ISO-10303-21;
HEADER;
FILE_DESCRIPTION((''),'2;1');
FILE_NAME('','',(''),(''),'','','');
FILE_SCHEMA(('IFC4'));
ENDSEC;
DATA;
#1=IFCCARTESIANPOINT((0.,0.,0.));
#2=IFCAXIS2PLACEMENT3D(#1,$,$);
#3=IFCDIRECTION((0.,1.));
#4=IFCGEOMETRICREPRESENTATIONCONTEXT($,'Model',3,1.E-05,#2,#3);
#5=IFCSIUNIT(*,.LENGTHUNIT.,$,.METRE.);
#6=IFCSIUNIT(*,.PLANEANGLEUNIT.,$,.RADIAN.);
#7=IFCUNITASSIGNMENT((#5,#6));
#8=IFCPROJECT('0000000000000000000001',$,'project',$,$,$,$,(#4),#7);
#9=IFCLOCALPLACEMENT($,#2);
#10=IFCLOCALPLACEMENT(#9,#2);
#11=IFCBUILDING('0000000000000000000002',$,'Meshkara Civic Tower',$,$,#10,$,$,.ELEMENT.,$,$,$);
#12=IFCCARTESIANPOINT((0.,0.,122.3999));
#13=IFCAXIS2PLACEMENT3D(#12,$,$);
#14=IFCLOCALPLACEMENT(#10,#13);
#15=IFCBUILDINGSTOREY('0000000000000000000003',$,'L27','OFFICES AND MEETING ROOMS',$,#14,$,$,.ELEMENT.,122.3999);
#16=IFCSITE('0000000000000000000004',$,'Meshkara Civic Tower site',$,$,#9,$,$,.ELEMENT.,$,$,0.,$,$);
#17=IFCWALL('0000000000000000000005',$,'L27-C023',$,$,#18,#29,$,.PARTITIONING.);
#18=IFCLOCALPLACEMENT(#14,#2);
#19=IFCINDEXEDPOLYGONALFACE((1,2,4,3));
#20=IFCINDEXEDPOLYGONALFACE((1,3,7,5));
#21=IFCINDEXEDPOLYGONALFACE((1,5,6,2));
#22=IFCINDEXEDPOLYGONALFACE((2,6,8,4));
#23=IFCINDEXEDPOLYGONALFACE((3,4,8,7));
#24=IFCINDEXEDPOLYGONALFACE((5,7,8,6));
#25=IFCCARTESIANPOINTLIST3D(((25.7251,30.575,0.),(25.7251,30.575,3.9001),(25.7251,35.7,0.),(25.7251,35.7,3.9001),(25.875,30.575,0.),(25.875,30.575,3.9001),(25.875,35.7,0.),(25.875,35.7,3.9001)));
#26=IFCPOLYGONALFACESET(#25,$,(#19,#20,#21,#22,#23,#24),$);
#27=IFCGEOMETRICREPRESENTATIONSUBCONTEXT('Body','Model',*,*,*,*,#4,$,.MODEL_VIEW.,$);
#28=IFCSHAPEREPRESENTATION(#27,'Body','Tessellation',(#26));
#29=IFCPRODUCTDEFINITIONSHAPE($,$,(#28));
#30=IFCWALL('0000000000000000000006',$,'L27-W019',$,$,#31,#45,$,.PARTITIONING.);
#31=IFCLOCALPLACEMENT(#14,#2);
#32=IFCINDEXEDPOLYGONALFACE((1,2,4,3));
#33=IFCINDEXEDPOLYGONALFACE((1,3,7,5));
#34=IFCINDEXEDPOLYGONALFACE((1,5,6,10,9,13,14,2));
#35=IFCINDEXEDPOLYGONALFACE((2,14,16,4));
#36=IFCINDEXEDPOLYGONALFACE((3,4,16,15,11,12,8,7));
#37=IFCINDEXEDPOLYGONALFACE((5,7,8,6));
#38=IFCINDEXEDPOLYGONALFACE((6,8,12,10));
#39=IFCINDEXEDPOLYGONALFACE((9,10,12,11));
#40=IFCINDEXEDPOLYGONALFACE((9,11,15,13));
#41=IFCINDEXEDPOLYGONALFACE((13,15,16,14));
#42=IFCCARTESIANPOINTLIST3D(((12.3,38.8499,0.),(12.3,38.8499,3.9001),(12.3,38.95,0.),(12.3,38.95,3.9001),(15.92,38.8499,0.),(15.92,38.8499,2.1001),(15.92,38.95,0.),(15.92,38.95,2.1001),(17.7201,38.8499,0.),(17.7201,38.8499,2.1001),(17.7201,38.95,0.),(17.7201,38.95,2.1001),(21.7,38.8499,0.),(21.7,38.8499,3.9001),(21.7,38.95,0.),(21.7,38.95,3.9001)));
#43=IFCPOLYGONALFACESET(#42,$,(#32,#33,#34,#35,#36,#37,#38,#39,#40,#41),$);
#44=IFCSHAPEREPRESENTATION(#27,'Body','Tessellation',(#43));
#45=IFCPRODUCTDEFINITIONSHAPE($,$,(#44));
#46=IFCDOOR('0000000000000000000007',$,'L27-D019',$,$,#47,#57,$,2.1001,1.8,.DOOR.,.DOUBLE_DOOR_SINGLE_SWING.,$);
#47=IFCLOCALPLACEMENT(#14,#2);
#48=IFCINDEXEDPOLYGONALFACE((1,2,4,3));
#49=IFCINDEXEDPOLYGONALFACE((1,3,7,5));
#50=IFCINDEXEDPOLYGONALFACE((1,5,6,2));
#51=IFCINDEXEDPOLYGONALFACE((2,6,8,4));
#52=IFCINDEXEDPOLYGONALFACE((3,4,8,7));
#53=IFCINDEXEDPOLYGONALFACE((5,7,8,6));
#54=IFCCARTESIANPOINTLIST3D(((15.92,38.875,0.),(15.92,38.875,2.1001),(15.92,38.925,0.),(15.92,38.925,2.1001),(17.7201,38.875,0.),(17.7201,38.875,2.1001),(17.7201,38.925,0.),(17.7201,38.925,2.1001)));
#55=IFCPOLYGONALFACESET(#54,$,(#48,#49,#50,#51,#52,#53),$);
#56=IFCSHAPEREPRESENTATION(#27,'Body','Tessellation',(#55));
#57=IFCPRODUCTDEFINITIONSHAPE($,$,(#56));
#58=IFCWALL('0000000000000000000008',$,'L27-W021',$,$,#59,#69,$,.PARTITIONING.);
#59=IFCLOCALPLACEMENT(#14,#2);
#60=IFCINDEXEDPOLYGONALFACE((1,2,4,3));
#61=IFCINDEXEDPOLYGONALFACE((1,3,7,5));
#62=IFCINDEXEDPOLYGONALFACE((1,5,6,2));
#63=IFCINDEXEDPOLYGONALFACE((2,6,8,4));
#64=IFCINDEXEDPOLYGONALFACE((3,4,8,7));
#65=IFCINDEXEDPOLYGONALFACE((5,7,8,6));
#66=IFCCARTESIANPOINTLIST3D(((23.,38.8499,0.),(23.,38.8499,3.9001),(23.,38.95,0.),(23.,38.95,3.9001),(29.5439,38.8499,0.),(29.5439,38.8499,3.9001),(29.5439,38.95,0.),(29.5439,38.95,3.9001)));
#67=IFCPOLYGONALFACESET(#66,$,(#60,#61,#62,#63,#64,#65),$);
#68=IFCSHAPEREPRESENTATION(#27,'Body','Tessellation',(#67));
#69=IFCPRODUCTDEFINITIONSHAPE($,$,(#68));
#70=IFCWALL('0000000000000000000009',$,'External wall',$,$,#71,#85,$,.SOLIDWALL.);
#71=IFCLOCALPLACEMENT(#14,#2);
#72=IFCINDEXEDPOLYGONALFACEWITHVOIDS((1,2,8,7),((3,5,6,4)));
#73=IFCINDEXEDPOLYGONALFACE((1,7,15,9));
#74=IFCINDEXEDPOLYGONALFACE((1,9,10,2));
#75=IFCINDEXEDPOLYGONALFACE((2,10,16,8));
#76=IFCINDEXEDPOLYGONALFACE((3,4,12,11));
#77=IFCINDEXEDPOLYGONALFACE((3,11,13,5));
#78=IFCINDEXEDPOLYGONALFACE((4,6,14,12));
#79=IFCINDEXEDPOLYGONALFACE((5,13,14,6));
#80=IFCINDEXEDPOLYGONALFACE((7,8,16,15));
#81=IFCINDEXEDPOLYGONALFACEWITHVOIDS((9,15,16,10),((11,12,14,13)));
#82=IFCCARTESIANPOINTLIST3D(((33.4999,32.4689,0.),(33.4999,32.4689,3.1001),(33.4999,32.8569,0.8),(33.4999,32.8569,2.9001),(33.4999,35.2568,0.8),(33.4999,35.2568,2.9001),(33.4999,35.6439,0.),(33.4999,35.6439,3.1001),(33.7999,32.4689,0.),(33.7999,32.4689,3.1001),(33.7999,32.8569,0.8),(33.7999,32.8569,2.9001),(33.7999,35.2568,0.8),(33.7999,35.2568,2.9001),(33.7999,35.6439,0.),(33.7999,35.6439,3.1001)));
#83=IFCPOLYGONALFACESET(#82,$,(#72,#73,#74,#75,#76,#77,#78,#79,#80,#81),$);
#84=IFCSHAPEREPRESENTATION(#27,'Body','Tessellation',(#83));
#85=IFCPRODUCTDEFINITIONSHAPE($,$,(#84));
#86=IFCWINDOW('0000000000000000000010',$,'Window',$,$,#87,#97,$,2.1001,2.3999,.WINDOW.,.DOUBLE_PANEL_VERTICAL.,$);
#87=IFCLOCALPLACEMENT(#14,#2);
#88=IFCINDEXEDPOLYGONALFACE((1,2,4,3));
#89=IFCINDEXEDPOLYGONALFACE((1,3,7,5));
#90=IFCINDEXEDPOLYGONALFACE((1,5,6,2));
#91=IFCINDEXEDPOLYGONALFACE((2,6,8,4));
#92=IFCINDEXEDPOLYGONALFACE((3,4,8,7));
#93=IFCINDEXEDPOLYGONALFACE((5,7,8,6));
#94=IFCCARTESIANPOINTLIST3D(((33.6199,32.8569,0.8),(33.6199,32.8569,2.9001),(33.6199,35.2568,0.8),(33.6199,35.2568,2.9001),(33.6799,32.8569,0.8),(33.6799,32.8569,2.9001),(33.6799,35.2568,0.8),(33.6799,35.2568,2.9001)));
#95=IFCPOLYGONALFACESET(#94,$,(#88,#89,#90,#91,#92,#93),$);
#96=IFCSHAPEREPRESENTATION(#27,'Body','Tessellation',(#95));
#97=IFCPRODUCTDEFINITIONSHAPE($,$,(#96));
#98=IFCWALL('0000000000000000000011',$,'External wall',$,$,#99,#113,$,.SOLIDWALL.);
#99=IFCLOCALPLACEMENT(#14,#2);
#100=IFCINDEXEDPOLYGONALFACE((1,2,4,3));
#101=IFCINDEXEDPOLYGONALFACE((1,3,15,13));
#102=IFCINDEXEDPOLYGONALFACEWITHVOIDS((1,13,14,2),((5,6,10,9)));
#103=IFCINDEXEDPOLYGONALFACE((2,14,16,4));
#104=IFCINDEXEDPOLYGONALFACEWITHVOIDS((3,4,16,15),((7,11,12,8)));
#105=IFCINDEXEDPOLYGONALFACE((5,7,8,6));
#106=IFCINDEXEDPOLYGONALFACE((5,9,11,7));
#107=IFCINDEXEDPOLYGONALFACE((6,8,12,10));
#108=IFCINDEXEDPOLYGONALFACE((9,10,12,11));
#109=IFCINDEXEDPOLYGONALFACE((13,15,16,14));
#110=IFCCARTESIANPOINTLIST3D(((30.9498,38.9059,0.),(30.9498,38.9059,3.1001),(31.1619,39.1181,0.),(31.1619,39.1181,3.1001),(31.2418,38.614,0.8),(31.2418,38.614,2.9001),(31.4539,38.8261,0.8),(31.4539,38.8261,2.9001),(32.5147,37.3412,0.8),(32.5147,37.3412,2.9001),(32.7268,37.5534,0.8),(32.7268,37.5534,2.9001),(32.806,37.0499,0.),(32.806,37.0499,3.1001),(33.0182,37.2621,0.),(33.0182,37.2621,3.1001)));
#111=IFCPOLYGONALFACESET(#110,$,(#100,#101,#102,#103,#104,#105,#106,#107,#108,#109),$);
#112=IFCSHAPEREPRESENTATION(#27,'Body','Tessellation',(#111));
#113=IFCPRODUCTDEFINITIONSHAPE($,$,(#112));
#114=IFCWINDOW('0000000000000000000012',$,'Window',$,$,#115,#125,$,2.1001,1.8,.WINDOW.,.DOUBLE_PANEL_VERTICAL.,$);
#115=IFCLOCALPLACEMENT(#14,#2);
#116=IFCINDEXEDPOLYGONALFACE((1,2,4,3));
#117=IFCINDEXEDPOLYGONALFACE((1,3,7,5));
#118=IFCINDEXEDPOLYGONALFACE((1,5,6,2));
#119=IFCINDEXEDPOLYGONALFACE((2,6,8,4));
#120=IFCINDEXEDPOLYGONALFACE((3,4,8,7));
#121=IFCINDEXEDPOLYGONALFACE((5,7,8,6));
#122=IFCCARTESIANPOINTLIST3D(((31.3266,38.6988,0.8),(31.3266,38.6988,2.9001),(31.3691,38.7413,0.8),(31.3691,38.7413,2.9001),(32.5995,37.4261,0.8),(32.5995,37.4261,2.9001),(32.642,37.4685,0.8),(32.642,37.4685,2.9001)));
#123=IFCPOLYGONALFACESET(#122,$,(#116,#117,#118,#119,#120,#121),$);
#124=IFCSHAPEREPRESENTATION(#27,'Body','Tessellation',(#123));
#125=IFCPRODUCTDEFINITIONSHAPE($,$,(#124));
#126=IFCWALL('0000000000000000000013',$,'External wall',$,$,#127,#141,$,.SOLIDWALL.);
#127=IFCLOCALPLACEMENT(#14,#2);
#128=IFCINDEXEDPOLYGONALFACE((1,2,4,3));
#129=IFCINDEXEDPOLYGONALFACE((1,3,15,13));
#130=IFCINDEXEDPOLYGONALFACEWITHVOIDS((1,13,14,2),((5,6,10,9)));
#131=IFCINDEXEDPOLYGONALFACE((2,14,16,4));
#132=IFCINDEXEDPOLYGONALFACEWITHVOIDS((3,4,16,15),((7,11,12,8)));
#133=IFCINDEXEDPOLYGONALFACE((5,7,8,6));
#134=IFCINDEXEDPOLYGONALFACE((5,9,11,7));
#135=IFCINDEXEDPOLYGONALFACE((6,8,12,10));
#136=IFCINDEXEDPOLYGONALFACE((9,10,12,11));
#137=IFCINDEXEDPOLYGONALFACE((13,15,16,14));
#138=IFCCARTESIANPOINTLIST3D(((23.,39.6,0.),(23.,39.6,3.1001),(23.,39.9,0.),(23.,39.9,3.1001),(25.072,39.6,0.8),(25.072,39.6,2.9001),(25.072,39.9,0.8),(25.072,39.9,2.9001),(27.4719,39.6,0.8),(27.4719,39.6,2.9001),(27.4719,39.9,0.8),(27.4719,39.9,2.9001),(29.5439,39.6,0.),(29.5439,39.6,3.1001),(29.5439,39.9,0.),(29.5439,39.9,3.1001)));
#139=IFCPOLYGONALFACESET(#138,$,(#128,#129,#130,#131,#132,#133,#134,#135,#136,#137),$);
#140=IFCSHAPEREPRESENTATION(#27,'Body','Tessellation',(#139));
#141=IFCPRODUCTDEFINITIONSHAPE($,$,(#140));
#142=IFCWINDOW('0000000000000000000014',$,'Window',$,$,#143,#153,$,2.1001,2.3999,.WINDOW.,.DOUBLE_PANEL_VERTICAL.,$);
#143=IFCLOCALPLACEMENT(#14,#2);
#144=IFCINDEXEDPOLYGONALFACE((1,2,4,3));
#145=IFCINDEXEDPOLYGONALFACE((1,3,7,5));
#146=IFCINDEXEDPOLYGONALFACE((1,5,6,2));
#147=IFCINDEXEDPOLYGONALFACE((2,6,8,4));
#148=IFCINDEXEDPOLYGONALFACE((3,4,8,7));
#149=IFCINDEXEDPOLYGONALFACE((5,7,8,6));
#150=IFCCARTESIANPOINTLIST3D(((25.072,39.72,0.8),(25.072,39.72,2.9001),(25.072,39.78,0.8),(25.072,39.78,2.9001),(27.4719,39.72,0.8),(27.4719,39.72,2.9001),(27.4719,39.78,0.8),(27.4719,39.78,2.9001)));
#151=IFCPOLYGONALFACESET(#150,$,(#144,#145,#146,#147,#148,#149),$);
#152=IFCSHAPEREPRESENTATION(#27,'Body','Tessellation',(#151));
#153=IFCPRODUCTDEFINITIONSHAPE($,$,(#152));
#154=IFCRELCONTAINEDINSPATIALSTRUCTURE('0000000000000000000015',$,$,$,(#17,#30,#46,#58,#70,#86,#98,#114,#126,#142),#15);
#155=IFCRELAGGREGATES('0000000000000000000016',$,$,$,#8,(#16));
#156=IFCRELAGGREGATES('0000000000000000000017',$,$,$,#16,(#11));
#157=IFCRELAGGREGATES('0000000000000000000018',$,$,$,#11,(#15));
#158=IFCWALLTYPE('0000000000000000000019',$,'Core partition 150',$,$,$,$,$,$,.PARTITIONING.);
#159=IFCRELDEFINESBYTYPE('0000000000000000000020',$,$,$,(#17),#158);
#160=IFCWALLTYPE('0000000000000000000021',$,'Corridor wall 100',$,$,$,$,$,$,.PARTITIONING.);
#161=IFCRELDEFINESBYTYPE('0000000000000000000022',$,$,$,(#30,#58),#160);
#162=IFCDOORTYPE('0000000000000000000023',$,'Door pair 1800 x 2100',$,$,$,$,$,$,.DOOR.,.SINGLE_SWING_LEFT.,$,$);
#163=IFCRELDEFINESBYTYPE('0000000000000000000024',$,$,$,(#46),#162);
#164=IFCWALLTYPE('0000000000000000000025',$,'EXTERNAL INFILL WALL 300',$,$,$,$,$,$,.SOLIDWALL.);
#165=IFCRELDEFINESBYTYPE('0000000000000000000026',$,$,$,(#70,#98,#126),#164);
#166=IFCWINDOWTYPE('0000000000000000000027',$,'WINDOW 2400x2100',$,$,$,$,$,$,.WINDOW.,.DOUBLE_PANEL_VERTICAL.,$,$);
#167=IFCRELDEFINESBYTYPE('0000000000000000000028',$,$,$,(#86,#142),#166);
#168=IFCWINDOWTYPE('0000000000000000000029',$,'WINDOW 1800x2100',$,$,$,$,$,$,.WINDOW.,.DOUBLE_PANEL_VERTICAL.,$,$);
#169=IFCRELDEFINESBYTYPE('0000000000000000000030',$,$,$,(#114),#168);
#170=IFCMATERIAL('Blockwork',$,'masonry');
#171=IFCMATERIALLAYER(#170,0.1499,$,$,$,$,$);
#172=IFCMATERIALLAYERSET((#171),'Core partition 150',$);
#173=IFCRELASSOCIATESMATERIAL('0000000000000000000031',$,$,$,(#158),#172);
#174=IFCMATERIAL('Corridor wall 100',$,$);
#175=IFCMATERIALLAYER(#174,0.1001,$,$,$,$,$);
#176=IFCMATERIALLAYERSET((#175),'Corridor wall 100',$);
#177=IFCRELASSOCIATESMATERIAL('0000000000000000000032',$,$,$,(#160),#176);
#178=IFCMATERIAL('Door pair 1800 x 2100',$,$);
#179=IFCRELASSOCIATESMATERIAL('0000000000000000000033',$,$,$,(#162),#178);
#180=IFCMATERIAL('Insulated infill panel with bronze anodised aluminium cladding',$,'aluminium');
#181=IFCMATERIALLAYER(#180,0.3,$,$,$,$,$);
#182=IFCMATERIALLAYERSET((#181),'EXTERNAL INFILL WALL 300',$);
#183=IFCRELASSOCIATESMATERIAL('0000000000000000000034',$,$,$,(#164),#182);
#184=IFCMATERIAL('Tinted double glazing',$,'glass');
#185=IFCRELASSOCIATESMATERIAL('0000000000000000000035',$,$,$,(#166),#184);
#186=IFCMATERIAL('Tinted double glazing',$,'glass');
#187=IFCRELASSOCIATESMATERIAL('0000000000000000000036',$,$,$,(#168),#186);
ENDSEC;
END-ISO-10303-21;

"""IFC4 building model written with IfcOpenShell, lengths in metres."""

from ifc_helpers import new_model, si_unit, direction, frame, frame_2d, origin, place, context, subcontext, project, spatial, rectangle, extrude, material, layer, layer_set, type_object, element, fill, save


model = new_model("IFC4")

# Units and contexts
model_context = context("Model", 3, precision=1e-05, world=origin(), true_north=direction((0.0, 1.0)))
body_context = subcontext(model_context, "Body", "Model", "MODEL_VIEW")
ifc_project = project(units=[si_unit("LENGTHUNIT", "METRE"), si_unit("PLANEANGLEUNIT", "RADIAN")], contexts=[model_context])

# Site, building, storey
site_placement = place(None, origin())
site = spatial("IfcSite", under=ifc_project, at=site_placement, Name="Meshkara Civic Tower site", CompositionType="ELEMENT", RefElevation=0.0)
building_placement = place(site_placement, origin())
building = spatial("IfcBuilding", under=site, at=building_placement, Name="Meshkara Civic Tower", CompositionType="ELEMENT")
storey_placement = place(building_placement, frame((0.0, 0.0, 122.3999)))
storey = spatial("IfcBuildingStorey", under=building, at=storey_placement, Name="L27", Description="OFFICES AND MEETING ROOMS", CompositionType="ELEMENT", Elevation=122.3999)

# Shared definitions
ifc_material_1 = material(Name="Blockwork", Category="masonry")
ifc_layer_1 = layer(ifc_material_1, 0.1499)
ifc_layer_set_1 = layer_set([ifc_layer_1], Name="Core partition 150")
wall_type_1 = type_object("IfcWallType", Name="Core partition 150", PredefinedType="PARTITIONING", material=ifc_layer_set_1)

# Wall
for number, where, z_axis, x_axis, name in (
    (1, (25.8, 30.575, 0.0), (0.0, 0.0, 1.0), (0.0, 1.0, 0.0), "L27-C023"),
):
    element("IfcWall", number, at=place(storey_placement, frame(where, z_axis=z_axis, x_axis=x_axis)), inside=storey, type_object=wall_type_1, Name=name, PredefinedType="PARTITIONING", context=body_context, shape_type="SweptSolid", body=[
        extrude(rectangle(XDim=5.125, YDim=0.1499, at=frame_2d((2.5625, 0.0))), origin(), (0.0, 0.0, 1.0), 3.9001),
    ])

# Wall, opening, door
ifc_material_2 = material(Name="Corridor wall 100")
ifc_layer_2 = layer(ifc_material_2, 0.1001)
ifc_layer_set_2 = layer_set([ifc_layer_2], Name="Corridor wall 100")
wall_type_2 = type_object("IfcWallType", Name="Corridor wall 100", PredefinedType="PARTITIONING", material=ifc_layer_set_2)
wall_1_placement = place(storey_placement, frame((21.7, 38.8999, 0.0), z_axis=(0.0, 0.0, 1.0), x_axis=(-1.0, 0.0, 0.0)))
wall_1 = element("IfcWall", 2, at=wall_1_placement, inside=storey, type_object=wall_type_2, Name="L27-W019", PredefinedType="PARTITIONING", context=body_context, shape_type="SweptSolid", body=[
    extrude(rectangle(XDim=9.3999, YDim=0.1001, at=frame_2d((4.7, 0.0))), origin(), (0.0, 0.0, 1.0), 3.9001),
])
opening_1_placement = place(wall_1_placement, frame((3.98, 0.0, 0.0)))
opening_1 = element("IfcOpeningElement", 3, at=opening_1_placement, cuts=wall_1, PredefinedType="OPENING", context=body_context, shape_type="SweptSolid", body=[
    extrude(rectangle(XDim=1.8, YDim=2.1001, at=frame_2d((0.8999, 1.05))), frame((0.0, 0.0601, 0.0), z_axis=(0.0, -1.0, 0.0), x_axis=(1.0, 0.0, 0.0)), (0.0, 0.0, 1.0), 0.1201),
])
ifc_material_3 = material(Name="Door pair 1800 x 2100")
door_type_1 = type_object("IfcDoorType", Name="Door pair 1800 x 2100", OperationType="SINGLE_SWING_LEFT", PredefinedType="DOOR", material=ifc_material_3)
door_1_placement = place(opening_1_placement, origin())
door_1 = element("IfcDoor", 4, at=door_1_placement, inside=storey, type_object=door_type_1, Name="L27-D019", OperationType="DOUBLE_DOOR_SINGLE_SWING", OverallHeight=2.1001, OverallWidth=1.8, PredefinedType="DOOR", context=body_context, shape_type="SweptSolid", body=[
    extrude(rectangle(XDim=1.8, YDim=2.1001, at=frame_2d((0.8999, 1.05))), frame((0.0, 0.0249, 0.0), z_axis=(0.0, -1.0, 0.0), x_axis=(1.0, 0.0, 0.0)), (0.0, 0.0, 1.0), 0.05),
])
fill(opening_1, door_1)

# Wall
wall_2_placement = place(storey_placement, frame((29.5439, 38.8999, 0.0), z_axis=(0.0, 0.0, 1.0), x_axis=(-1.0, 0.0, 0.0)))
element("IfcWall", 5, at=wall_2_placement, inside=storey, type_object=wall_type_2, Name="L27-W021", PredefinedType="PARTITIONING", context=body_context, shape_type="SweptSolid", body=[
    extrude(rectangle(XDim=6.5439, YDim=0.1001, at=frame_2d((3.272, 0.0))), origin(), (0.0, 0.0, 1.0), 3.9001),
])

# Walls, openings, windows
ifc_material_4 = material(Name="Insulated infill panel with bronze anodised aluminium cladding", Category="aluminium")
ifc_layer_3 = layer(ifc_material_4, 0.3)
ifc_layer_set_3 = layer_set([ifc_layer_3], Name="EXTERNAL INFILL WALL 300")
wall_type_3 = type_object("IfcWallType", Name="EXTERNAL INFILL WALL 300", PredefinedType="SOLIDWALL", material=ifc_layer_set_3)
wall_3_placement = place(storey_placement, frame((33.6499, 32.469, 0.0), z_axis=(0.0, 0.0, 1.0), x_axis=(0.0, 1.0, 0.0)))
wall_3 = element("IfcWall", 6, at=wall_3_placement, inside=storey, type_object=wall_type_3, Name="External wall", PredefinedType="SOLIDWALL", context=body_context, shape_type="SweptSolid", body=[
    extrude(rectangle(XDim=3.175, YDim=0.3, at=frame_2d((1.5874, 0.0))), origin(), (0.0, 0.0, 1.0), 3.1001),
])
opening_2_placement = place(wall_3_placement, frame((0.3879, 0.0, 0.8)))
opening_2 = element("IfcOpeningElement", 7, at=opening_2_placement, cuts=wall_3, PredefinedType="OPENING", context=body_context, shape_type="SweptSolid", body=[
    extrude(rectangle(XDim=2.3999, YDim=2.1001, at=frame_2d((1.2, 1.05))), frame((0.0, 0.1599, 0.0), z_axis=(0.0, -1.0, 0.0), x_axis=(1.0, 0.0, 0.0)), (0.0, 0.0, 1.0), 0.3201),
])
ifc_material_5 = material(Name="Tinted double glazing", Category="glass")
window_type_1 = type_object("IfcWindowType", Name="WINDOW 2400x2100", PartitioningType="DOUBLE_PANEL_VERTICAL", PredefinedType="WINDOW", material=ifc_material_5)
window_1_placement = place(opening_2_placement, origin())
window_1 = element("IfcWindow", 8, at=window_1_placement, inside=storey, type_object=window_type_1, Name="Window", OverallHeight=2.1001, OverallWidth=2.3999, PartitioningType="DOUBLE_PANEL_VERTICAL", PredefinedType="WINDOW", context=body_context, shape_type="SweptSolid", body=[
    extrude(rectangle(XDim=2.3999, YDim=2.1001, at=frame_2d((1.2, 1.05))), frame((0.0, 0.03, 0.0), z_axis=(0.0, -1.0, 0.0), x_axis=(1.0, 0.0, 0.0)), (0.0, 0.0, 1.0), 0.0601),
])
fill(opening_2, window_1)
wall_4_placement = place(storey_placement, frame((32.9121, 37.156, 0.0), z_axis=(0.0, 0.0, 1.0), x_axis=(-0.707153, 0.70706, 0.0)))
wall_4 = element("IfcWall", 9, at=wall_4_placement, inside=storey, type_object=wall_type_3, Name="External wall", PredefinedType="SOLIDWALL", context=body_context, shape_type="SweptSolid", body=[
    extrude(rectangle(XDim=2.625, YDim=0.3, at=frame_2d((1.3125, 0.0))), origin(), (0.0, 0.0, 1.0), 3.1001),
])
opening_3_placement = place(wall_4_placement, frame((0.4121, 0.0, 0.8)))
opening_3 = element("IfcOpeningElement", 10, at=opening_3_placement, cuts=wall_4, PredefinedType="OPENING", context=body_context, shape_type="SweptSolid", body=[
    extrude(rectangle(XDim=1.8, YDim=2.1001, at=frame_2d((0.8999, 1.05))), frame((0.0, 0.1599, 0.0), z_axis=(0.0, -1.0, 0.0), x_axis=(1.0, 0.0, 0.0)), (0.0, 0.0, 1.0), 0.3201),
])
ifc_material_6 = material(Name="Tinted double glazing", Category="glass")
window_type_2 = type_object("IfcWindowType", Name="WINDOW 1800x2100", PartitioningType="DOUBLE_PANEL_VERTICAL", PredefinedType="WINDOW", material=ifc_material_6)
window_2_placement = place(opening_3_placement, origin())
window_2 = element("IfcWindow", 11, at=window_2_placement, inside=storey, type_object=window_type_2, Name="Window", OverallHeight=2.1001, OverallWidth=1.8, PartitioningType="DOUBLE_PANEL_VERTICAL", PredefinedType="WINDOW", context=body_context, shape_type="SweptSolid", body=[
    extrude(rectangle(XDim=1.8, YDim=2.1001, at=frame_2d((0.8999, 1.05))), frame((0.0, 0.03, 0.0), z_axis=(0.0, -1.0, 0.0), x_axis=(1.0, 0.0, 0.0)), (0.0, 0.0, 1.0), 0.0601),
])
fill(opening_3, window_2)
wall_5_placement = place(storey_placement, frame((29.5439, 39.75, 0.0), z_axis=(0.0, 0.0, 1.0), x_axis=(-1.0, 0.0, 0.0)))
wall_5 = element("IfcWall", 12, at=wall_5_placement, inside=storey, type_object=wall_type_3, Name="External wall", PredefinedType="SOLIDWALL", context=body_context, shape_type="SweptSolid", body=[
    extrude(rectangle(XDim=6.5439, YDim=0.3, at=frame_2d((3.272, 0.0))), origin(), (0.0, 0.0, 1.0), 3.1001),
])
opening_4_placement = place(wall_5_placement, frame((2.072, 0.0, 0.8)))
opening_4 = element("IfcOpeningElement", 13, at=opening_4_placement, cuts=wall_5, PredefinedType="OPENING", context=body_context, shape_type="SweptSolid", body=[
    extrude(rectangle(XDim=2.3999, YDim=2.1001, at=frame_2d((1.2, 1.05))), frame((0.0, 0.1599, 0.0), z_axis=(0.0, -1.0, 0.0), x_axis=(1.0, 0.0, 0.0)), (0.0, 0.0, 1.0), 0.3201),
])
window_3_placement = place(opening_4_placement, origin())
window_3 = element("IfcWindow", 14, at=window_3_placement, inside=storey, type_object=window_type_1, Name="Window", OverallHeight=2.1001, OverallWidth=2.3999, PartitioningType="DOUBLE_PANEL_VERTICAL", PredefinedType="WINDOW", context=body_context, shape_type="SweptSolid", body=[
    extrude(rectangle(XDim=2.3999, YDim=2.1001, at=frame_2d((1.2, 1.05))), frame((0.0, 0.03, 0.0), z_axis=(0.0, -1.0, 0.0), x_axis=(1.0, 0.0, 0.0)), (0.0, 0.0, 1.0), 0.0601),
])
fill(opening_4, window_3)

save(model, "model.ifc")
